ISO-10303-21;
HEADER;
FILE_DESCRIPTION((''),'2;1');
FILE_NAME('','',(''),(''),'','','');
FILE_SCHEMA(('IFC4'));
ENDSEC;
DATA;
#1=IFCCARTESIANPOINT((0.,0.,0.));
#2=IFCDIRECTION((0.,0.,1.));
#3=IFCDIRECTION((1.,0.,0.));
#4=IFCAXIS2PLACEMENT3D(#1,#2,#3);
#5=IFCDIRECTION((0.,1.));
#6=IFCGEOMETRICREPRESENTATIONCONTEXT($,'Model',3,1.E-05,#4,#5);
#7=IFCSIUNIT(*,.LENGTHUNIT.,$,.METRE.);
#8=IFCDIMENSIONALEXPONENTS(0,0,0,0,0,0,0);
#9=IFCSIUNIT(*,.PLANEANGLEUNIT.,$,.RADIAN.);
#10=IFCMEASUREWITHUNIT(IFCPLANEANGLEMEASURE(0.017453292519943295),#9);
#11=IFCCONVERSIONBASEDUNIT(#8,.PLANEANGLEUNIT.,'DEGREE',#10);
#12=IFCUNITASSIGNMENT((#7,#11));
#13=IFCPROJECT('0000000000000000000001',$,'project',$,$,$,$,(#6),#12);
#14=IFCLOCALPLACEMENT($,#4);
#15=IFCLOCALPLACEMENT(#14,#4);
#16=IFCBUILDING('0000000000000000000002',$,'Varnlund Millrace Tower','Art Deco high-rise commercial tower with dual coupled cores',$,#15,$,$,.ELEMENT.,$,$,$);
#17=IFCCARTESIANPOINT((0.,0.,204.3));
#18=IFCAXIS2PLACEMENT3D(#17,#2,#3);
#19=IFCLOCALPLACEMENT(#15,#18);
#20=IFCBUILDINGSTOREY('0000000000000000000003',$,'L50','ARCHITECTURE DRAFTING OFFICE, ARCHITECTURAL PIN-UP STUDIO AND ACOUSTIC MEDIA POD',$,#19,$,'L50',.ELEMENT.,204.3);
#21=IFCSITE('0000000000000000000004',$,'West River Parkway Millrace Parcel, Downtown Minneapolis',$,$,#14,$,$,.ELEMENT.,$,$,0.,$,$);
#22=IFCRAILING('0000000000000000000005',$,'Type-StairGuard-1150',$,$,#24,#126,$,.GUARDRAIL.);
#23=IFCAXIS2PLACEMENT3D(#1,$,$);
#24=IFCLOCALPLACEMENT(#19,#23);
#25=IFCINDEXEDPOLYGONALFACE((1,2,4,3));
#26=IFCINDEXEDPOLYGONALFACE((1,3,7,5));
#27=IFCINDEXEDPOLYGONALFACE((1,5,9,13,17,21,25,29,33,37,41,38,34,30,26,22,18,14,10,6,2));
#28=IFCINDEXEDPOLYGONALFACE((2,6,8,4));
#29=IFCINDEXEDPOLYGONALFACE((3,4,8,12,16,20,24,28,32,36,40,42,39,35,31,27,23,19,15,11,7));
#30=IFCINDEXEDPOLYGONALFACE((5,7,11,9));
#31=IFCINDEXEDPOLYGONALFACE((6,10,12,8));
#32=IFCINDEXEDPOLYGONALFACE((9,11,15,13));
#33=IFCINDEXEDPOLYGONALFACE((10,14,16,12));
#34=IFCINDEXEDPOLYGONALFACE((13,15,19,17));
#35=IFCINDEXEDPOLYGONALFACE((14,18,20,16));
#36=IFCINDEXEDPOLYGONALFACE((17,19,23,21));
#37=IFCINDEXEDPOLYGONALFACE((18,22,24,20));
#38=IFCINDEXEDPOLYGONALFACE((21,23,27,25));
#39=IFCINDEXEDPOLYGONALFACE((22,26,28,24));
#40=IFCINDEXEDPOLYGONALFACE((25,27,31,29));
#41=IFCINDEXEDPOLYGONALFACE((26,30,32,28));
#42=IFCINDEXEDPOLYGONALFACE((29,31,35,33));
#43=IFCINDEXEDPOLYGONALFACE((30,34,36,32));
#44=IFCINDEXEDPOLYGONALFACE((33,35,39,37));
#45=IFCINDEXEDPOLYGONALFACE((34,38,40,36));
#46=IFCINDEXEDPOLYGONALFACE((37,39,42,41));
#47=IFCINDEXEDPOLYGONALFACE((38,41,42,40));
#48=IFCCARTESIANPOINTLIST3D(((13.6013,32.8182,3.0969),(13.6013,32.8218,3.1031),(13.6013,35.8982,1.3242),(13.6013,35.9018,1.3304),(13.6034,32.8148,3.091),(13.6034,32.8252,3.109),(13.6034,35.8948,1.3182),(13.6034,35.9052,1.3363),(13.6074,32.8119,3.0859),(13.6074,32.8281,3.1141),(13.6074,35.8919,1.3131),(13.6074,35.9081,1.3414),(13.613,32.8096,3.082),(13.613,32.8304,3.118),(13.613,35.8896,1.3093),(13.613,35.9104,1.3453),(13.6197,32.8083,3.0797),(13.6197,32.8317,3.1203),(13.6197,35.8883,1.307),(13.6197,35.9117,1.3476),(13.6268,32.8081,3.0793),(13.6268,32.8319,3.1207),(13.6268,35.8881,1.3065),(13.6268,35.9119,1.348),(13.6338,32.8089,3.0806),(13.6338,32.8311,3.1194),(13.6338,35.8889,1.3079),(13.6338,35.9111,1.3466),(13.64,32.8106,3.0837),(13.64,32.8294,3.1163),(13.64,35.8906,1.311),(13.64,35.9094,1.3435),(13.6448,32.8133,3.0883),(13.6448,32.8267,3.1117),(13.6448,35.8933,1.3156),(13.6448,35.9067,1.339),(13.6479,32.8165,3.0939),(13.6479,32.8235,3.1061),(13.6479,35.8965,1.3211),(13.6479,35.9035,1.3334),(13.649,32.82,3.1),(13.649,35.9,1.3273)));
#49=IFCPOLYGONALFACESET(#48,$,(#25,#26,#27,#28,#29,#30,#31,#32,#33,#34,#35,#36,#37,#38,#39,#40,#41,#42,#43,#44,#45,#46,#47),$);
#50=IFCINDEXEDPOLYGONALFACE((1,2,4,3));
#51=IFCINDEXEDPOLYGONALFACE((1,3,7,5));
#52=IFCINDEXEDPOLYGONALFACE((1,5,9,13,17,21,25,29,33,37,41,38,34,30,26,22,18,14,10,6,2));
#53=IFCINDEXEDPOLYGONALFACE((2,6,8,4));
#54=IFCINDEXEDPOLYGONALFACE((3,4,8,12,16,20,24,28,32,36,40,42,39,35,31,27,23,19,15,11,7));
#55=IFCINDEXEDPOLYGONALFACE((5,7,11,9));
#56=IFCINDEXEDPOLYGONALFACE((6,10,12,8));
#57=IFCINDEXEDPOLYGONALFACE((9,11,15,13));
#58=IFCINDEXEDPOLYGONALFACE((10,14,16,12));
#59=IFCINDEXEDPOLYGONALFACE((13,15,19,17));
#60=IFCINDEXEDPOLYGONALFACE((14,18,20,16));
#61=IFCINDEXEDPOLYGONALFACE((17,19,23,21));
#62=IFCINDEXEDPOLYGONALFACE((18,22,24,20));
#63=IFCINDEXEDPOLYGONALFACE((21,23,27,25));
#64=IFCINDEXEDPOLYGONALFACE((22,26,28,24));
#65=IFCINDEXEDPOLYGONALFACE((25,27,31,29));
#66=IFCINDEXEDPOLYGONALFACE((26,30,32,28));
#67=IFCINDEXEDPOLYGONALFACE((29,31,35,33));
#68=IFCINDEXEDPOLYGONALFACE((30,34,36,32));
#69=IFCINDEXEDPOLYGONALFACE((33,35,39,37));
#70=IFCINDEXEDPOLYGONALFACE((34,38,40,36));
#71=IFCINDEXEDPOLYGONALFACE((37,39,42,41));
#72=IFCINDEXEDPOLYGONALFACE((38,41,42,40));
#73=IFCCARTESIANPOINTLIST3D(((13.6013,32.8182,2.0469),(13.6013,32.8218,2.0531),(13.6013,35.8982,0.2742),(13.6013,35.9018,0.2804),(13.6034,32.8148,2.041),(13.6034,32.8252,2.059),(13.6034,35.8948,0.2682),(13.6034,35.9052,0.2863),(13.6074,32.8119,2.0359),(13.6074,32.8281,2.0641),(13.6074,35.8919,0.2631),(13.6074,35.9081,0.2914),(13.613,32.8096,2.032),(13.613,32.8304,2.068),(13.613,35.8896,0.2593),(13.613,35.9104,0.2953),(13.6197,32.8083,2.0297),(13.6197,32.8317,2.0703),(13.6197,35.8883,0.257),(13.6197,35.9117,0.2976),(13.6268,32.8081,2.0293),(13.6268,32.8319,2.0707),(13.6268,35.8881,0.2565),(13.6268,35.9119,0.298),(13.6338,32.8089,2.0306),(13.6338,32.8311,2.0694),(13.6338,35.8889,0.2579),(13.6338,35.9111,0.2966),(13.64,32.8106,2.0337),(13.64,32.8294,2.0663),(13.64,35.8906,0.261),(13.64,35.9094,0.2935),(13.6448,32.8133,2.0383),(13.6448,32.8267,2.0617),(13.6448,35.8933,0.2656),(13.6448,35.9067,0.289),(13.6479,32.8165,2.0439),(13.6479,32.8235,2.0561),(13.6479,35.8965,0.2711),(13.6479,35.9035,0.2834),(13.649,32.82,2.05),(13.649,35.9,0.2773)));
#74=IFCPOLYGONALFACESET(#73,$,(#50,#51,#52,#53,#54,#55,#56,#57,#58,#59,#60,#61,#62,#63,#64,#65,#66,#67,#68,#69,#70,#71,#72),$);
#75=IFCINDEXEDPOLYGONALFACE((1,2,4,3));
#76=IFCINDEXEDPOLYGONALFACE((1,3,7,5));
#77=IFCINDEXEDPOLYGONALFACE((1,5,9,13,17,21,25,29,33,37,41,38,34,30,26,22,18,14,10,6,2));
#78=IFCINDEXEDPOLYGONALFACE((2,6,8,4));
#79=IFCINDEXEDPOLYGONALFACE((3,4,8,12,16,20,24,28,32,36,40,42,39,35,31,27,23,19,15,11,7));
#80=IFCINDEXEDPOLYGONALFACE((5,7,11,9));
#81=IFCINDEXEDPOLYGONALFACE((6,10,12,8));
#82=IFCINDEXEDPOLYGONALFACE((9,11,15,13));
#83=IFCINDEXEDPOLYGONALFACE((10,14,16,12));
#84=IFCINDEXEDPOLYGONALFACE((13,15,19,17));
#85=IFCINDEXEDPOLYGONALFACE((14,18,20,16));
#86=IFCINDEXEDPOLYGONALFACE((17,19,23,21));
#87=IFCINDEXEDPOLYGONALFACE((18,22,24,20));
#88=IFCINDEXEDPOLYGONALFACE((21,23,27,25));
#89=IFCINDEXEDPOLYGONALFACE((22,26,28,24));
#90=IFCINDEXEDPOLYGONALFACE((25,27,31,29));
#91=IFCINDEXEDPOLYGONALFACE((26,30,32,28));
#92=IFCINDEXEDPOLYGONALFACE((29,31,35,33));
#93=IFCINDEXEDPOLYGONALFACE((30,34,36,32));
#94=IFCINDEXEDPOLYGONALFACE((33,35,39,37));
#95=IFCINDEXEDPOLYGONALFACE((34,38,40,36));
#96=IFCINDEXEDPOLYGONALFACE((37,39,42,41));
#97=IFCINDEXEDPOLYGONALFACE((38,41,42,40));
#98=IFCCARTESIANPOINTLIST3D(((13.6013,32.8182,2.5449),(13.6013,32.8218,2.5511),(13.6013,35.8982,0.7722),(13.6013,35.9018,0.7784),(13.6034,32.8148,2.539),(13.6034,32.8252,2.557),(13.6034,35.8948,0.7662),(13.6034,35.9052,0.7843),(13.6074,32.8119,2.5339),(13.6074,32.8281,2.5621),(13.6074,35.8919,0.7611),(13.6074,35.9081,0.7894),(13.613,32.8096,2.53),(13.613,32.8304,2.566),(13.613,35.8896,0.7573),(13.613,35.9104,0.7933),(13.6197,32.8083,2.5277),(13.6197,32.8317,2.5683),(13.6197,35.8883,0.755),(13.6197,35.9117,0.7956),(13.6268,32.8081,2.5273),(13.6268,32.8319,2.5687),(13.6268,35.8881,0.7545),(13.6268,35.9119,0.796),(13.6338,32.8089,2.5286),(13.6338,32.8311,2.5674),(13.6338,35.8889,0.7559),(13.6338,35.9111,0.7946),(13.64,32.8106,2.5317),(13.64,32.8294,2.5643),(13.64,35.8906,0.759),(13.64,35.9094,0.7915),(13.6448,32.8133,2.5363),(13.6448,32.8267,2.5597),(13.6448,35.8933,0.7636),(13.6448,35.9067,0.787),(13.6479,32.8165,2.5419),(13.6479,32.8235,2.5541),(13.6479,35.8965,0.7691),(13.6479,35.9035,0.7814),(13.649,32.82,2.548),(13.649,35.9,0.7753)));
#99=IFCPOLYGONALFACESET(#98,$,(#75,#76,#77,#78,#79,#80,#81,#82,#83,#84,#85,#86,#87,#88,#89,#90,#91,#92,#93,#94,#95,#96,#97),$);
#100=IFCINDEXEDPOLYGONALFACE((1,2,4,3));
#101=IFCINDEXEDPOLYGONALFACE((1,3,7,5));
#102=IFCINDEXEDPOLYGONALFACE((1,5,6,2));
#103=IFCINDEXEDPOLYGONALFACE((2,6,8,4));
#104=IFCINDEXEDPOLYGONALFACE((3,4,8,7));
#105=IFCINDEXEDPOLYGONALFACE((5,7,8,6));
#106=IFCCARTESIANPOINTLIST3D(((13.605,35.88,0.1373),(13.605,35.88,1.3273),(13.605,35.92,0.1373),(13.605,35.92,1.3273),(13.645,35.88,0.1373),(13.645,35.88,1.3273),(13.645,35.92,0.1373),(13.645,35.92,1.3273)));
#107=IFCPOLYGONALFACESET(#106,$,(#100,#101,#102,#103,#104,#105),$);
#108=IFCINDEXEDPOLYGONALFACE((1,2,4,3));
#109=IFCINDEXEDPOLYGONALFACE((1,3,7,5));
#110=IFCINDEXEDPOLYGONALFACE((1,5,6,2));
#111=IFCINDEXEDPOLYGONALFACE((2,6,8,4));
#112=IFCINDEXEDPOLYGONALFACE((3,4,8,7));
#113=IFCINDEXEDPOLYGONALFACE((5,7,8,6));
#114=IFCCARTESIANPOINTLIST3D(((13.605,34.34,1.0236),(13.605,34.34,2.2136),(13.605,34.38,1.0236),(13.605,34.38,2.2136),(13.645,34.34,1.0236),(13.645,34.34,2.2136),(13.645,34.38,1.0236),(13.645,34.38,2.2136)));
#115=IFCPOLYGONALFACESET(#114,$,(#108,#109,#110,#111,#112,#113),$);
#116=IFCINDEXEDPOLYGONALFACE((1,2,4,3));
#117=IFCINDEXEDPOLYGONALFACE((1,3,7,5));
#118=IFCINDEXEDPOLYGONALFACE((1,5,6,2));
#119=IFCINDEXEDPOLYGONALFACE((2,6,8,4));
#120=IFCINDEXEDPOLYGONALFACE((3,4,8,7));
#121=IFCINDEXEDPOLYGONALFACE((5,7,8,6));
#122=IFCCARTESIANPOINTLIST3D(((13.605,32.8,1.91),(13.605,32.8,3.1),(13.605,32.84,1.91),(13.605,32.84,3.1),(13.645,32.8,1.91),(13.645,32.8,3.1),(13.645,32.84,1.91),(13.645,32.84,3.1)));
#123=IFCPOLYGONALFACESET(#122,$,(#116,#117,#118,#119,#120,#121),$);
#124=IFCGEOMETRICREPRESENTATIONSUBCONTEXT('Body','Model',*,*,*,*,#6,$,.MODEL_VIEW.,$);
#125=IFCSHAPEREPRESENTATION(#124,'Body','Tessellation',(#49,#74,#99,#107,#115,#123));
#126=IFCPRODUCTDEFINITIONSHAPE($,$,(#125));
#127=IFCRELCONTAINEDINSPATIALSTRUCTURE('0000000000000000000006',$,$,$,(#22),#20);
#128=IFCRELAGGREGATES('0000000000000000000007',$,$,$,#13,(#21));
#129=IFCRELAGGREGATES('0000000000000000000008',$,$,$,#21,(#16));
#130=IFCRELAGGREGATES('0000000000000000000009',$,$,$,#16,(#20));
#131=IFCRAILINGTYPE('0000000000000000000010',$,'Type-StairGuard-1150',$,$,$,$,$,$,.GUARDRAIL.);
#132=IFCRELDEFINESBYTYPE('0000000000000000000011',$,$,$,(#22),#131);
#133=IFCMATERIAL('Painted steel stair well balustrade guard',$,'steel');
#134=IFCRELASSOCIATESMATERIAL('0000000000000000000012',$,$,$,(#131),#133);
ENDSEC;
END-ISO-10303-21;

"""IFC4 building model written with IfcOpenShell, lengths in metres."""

from ifc_helpers import new_model, entity, si_unit, converted_unit, direction, frame, origin_with_axes, origin_2d_with_axis, place, context, subcontext, project, spatial, rectangle, circle, extrude, material, type_object, element, save


model = new_model("IFC4")

# Units and contexts
model_context = context("Model", 3, precision=1e-05, world=origin_with_axes(), true_north=direction((0.0, 1.0)))
body_context = subcontext(model_context, "Body", "Model", "MODEL_VIEW")
ifc_project = project(units=[si_unit("LENGTHUNIT", "METRE"), converted_unit("PLANEANGLEUNIT", "DEGREE", entity("IfcPlaneAngleMeasure", 0.017453292519943295), si_unit("PLANEANGLEUNIT", "RADIAN"), dimensions=[0, 0, 0, 0, 0, 0, 0])], contexts=[model_context])

# Site, building, storey
site_placement = place(None, origin_with_axes())
site = spatial("IfcSite", under=ifc_project, at=site_placement, Name="West River Parkway Millrace Parcel, Downtown Minneapolis", CompositionType="ELEMENT", RefElevation=0.0)
building_placement = place(site_placement, origin_with_axes())
building = spatial("IfcBuilding", under=site, at=building_placement, Name="Varnlund Millrace Tower", Description="Art Deco high-rise commercial tower with dual coupled cores", CompositionType="ELEMENT")
storey_placement = place(building_placement, frame((0.0, 0.0, 204.3), z_axis=(0.0, 0.0, 1.0), x_axis=(1.0, 0.0, 0.0)))
storey = spatial("IfcBuildingStorey", under=building, at=storey_placement, Name="L50", Description="ARCHITECTURE DRAFTING OFFICE, ARCHITECTURAL PIN-UP STUDIO AND ACOUSTIC MEDIA POD", LongName="L50", CompositionType="ELEMENT", Elevation=204.3)

# Railing
ifc_material_1 = material(Name="Painted steel stair well balustrade guard", Category="steel")
railing_type_1 = type_object("IfcRailingType", Name="Type-StairGuard-1150", PredefinedType="GUARDRAIL", material=ifc_material_1)
railing_1_placement = place(storey_placement, frame((0.0, 0.0, -204.3), z_axis=(0.0, 0.0, 1.0), x_axis=(1.0, 0.0, 0.0)))
element("IfcRailing", 1, at=railing_1_placement, inside=storey, type_object=railing_type_1, Name="Type-StairGuard-1150", PredefinedType="GUARDRAIL", context=body_context, shape_type="SweptSolid", body=[
    extrude(circle(Radius=0.024, at=origin_2d_with_axis()), frame((13.625, 35.9, 205.6273), z_axis=(0.0, -0.866696, 0.498836), x_axis=(1.0, 0.0, 0.0)), (0.0, 0.0, 1.0), 3.5537),
    extrude(circle(Radius=0.024, at=origin_2d_with_axis()), frame((13.625, 35.9, 204.5773), z_axis=(0.0, -0.866696, 0.498836), x_axis=(1.0, 0.0, 0.0)), (0.0, 0.0, 1.0), 3.5537),
    extrude(circle(Radius=0.024, at=origin_2d_with_axis()), frame((13.625, 35.9, 205.0753), z_axis=(0.0, -0.866696, 0.498836), x_axis=(1.0, 0.0, 0.0)), (0.0, 0.0, 1.0), 3.5537),
    extrude(rectangle(XDim=0.04, YDim=0.04, at=origin_2d_with_axis()), frame((13.625, 35.9, 204.4373), z_axis=(0.0, 0.0, 1.0), x_axis=(1.0, 0.0, 0.0)), (0.0, 0.0, 1.0), 1.19),
    extrude(rectangle(XDim=0.04, YDim=0.04, at=origin_2d_with_axis()), frame((13.625, 34.36, 205.3236), z_axis=(0.0, 0.0, 1.0), x_axis=(1.0, 0.0, 0.0)), (0.0, 0.0, 1.0), 1.19),
    extrude(rectangle(XDim=0.04, YDim=0.04, at=origin_2d_with_axis()), frame((13.625, 32.82, 206.21), z_axis=(0.0, 0.0, 1.0), x_axis=(1.0, 0.0, 0.0)), (0.0, 0.0, 1.0), 1.19),
])

save(model, "model.ifc")
